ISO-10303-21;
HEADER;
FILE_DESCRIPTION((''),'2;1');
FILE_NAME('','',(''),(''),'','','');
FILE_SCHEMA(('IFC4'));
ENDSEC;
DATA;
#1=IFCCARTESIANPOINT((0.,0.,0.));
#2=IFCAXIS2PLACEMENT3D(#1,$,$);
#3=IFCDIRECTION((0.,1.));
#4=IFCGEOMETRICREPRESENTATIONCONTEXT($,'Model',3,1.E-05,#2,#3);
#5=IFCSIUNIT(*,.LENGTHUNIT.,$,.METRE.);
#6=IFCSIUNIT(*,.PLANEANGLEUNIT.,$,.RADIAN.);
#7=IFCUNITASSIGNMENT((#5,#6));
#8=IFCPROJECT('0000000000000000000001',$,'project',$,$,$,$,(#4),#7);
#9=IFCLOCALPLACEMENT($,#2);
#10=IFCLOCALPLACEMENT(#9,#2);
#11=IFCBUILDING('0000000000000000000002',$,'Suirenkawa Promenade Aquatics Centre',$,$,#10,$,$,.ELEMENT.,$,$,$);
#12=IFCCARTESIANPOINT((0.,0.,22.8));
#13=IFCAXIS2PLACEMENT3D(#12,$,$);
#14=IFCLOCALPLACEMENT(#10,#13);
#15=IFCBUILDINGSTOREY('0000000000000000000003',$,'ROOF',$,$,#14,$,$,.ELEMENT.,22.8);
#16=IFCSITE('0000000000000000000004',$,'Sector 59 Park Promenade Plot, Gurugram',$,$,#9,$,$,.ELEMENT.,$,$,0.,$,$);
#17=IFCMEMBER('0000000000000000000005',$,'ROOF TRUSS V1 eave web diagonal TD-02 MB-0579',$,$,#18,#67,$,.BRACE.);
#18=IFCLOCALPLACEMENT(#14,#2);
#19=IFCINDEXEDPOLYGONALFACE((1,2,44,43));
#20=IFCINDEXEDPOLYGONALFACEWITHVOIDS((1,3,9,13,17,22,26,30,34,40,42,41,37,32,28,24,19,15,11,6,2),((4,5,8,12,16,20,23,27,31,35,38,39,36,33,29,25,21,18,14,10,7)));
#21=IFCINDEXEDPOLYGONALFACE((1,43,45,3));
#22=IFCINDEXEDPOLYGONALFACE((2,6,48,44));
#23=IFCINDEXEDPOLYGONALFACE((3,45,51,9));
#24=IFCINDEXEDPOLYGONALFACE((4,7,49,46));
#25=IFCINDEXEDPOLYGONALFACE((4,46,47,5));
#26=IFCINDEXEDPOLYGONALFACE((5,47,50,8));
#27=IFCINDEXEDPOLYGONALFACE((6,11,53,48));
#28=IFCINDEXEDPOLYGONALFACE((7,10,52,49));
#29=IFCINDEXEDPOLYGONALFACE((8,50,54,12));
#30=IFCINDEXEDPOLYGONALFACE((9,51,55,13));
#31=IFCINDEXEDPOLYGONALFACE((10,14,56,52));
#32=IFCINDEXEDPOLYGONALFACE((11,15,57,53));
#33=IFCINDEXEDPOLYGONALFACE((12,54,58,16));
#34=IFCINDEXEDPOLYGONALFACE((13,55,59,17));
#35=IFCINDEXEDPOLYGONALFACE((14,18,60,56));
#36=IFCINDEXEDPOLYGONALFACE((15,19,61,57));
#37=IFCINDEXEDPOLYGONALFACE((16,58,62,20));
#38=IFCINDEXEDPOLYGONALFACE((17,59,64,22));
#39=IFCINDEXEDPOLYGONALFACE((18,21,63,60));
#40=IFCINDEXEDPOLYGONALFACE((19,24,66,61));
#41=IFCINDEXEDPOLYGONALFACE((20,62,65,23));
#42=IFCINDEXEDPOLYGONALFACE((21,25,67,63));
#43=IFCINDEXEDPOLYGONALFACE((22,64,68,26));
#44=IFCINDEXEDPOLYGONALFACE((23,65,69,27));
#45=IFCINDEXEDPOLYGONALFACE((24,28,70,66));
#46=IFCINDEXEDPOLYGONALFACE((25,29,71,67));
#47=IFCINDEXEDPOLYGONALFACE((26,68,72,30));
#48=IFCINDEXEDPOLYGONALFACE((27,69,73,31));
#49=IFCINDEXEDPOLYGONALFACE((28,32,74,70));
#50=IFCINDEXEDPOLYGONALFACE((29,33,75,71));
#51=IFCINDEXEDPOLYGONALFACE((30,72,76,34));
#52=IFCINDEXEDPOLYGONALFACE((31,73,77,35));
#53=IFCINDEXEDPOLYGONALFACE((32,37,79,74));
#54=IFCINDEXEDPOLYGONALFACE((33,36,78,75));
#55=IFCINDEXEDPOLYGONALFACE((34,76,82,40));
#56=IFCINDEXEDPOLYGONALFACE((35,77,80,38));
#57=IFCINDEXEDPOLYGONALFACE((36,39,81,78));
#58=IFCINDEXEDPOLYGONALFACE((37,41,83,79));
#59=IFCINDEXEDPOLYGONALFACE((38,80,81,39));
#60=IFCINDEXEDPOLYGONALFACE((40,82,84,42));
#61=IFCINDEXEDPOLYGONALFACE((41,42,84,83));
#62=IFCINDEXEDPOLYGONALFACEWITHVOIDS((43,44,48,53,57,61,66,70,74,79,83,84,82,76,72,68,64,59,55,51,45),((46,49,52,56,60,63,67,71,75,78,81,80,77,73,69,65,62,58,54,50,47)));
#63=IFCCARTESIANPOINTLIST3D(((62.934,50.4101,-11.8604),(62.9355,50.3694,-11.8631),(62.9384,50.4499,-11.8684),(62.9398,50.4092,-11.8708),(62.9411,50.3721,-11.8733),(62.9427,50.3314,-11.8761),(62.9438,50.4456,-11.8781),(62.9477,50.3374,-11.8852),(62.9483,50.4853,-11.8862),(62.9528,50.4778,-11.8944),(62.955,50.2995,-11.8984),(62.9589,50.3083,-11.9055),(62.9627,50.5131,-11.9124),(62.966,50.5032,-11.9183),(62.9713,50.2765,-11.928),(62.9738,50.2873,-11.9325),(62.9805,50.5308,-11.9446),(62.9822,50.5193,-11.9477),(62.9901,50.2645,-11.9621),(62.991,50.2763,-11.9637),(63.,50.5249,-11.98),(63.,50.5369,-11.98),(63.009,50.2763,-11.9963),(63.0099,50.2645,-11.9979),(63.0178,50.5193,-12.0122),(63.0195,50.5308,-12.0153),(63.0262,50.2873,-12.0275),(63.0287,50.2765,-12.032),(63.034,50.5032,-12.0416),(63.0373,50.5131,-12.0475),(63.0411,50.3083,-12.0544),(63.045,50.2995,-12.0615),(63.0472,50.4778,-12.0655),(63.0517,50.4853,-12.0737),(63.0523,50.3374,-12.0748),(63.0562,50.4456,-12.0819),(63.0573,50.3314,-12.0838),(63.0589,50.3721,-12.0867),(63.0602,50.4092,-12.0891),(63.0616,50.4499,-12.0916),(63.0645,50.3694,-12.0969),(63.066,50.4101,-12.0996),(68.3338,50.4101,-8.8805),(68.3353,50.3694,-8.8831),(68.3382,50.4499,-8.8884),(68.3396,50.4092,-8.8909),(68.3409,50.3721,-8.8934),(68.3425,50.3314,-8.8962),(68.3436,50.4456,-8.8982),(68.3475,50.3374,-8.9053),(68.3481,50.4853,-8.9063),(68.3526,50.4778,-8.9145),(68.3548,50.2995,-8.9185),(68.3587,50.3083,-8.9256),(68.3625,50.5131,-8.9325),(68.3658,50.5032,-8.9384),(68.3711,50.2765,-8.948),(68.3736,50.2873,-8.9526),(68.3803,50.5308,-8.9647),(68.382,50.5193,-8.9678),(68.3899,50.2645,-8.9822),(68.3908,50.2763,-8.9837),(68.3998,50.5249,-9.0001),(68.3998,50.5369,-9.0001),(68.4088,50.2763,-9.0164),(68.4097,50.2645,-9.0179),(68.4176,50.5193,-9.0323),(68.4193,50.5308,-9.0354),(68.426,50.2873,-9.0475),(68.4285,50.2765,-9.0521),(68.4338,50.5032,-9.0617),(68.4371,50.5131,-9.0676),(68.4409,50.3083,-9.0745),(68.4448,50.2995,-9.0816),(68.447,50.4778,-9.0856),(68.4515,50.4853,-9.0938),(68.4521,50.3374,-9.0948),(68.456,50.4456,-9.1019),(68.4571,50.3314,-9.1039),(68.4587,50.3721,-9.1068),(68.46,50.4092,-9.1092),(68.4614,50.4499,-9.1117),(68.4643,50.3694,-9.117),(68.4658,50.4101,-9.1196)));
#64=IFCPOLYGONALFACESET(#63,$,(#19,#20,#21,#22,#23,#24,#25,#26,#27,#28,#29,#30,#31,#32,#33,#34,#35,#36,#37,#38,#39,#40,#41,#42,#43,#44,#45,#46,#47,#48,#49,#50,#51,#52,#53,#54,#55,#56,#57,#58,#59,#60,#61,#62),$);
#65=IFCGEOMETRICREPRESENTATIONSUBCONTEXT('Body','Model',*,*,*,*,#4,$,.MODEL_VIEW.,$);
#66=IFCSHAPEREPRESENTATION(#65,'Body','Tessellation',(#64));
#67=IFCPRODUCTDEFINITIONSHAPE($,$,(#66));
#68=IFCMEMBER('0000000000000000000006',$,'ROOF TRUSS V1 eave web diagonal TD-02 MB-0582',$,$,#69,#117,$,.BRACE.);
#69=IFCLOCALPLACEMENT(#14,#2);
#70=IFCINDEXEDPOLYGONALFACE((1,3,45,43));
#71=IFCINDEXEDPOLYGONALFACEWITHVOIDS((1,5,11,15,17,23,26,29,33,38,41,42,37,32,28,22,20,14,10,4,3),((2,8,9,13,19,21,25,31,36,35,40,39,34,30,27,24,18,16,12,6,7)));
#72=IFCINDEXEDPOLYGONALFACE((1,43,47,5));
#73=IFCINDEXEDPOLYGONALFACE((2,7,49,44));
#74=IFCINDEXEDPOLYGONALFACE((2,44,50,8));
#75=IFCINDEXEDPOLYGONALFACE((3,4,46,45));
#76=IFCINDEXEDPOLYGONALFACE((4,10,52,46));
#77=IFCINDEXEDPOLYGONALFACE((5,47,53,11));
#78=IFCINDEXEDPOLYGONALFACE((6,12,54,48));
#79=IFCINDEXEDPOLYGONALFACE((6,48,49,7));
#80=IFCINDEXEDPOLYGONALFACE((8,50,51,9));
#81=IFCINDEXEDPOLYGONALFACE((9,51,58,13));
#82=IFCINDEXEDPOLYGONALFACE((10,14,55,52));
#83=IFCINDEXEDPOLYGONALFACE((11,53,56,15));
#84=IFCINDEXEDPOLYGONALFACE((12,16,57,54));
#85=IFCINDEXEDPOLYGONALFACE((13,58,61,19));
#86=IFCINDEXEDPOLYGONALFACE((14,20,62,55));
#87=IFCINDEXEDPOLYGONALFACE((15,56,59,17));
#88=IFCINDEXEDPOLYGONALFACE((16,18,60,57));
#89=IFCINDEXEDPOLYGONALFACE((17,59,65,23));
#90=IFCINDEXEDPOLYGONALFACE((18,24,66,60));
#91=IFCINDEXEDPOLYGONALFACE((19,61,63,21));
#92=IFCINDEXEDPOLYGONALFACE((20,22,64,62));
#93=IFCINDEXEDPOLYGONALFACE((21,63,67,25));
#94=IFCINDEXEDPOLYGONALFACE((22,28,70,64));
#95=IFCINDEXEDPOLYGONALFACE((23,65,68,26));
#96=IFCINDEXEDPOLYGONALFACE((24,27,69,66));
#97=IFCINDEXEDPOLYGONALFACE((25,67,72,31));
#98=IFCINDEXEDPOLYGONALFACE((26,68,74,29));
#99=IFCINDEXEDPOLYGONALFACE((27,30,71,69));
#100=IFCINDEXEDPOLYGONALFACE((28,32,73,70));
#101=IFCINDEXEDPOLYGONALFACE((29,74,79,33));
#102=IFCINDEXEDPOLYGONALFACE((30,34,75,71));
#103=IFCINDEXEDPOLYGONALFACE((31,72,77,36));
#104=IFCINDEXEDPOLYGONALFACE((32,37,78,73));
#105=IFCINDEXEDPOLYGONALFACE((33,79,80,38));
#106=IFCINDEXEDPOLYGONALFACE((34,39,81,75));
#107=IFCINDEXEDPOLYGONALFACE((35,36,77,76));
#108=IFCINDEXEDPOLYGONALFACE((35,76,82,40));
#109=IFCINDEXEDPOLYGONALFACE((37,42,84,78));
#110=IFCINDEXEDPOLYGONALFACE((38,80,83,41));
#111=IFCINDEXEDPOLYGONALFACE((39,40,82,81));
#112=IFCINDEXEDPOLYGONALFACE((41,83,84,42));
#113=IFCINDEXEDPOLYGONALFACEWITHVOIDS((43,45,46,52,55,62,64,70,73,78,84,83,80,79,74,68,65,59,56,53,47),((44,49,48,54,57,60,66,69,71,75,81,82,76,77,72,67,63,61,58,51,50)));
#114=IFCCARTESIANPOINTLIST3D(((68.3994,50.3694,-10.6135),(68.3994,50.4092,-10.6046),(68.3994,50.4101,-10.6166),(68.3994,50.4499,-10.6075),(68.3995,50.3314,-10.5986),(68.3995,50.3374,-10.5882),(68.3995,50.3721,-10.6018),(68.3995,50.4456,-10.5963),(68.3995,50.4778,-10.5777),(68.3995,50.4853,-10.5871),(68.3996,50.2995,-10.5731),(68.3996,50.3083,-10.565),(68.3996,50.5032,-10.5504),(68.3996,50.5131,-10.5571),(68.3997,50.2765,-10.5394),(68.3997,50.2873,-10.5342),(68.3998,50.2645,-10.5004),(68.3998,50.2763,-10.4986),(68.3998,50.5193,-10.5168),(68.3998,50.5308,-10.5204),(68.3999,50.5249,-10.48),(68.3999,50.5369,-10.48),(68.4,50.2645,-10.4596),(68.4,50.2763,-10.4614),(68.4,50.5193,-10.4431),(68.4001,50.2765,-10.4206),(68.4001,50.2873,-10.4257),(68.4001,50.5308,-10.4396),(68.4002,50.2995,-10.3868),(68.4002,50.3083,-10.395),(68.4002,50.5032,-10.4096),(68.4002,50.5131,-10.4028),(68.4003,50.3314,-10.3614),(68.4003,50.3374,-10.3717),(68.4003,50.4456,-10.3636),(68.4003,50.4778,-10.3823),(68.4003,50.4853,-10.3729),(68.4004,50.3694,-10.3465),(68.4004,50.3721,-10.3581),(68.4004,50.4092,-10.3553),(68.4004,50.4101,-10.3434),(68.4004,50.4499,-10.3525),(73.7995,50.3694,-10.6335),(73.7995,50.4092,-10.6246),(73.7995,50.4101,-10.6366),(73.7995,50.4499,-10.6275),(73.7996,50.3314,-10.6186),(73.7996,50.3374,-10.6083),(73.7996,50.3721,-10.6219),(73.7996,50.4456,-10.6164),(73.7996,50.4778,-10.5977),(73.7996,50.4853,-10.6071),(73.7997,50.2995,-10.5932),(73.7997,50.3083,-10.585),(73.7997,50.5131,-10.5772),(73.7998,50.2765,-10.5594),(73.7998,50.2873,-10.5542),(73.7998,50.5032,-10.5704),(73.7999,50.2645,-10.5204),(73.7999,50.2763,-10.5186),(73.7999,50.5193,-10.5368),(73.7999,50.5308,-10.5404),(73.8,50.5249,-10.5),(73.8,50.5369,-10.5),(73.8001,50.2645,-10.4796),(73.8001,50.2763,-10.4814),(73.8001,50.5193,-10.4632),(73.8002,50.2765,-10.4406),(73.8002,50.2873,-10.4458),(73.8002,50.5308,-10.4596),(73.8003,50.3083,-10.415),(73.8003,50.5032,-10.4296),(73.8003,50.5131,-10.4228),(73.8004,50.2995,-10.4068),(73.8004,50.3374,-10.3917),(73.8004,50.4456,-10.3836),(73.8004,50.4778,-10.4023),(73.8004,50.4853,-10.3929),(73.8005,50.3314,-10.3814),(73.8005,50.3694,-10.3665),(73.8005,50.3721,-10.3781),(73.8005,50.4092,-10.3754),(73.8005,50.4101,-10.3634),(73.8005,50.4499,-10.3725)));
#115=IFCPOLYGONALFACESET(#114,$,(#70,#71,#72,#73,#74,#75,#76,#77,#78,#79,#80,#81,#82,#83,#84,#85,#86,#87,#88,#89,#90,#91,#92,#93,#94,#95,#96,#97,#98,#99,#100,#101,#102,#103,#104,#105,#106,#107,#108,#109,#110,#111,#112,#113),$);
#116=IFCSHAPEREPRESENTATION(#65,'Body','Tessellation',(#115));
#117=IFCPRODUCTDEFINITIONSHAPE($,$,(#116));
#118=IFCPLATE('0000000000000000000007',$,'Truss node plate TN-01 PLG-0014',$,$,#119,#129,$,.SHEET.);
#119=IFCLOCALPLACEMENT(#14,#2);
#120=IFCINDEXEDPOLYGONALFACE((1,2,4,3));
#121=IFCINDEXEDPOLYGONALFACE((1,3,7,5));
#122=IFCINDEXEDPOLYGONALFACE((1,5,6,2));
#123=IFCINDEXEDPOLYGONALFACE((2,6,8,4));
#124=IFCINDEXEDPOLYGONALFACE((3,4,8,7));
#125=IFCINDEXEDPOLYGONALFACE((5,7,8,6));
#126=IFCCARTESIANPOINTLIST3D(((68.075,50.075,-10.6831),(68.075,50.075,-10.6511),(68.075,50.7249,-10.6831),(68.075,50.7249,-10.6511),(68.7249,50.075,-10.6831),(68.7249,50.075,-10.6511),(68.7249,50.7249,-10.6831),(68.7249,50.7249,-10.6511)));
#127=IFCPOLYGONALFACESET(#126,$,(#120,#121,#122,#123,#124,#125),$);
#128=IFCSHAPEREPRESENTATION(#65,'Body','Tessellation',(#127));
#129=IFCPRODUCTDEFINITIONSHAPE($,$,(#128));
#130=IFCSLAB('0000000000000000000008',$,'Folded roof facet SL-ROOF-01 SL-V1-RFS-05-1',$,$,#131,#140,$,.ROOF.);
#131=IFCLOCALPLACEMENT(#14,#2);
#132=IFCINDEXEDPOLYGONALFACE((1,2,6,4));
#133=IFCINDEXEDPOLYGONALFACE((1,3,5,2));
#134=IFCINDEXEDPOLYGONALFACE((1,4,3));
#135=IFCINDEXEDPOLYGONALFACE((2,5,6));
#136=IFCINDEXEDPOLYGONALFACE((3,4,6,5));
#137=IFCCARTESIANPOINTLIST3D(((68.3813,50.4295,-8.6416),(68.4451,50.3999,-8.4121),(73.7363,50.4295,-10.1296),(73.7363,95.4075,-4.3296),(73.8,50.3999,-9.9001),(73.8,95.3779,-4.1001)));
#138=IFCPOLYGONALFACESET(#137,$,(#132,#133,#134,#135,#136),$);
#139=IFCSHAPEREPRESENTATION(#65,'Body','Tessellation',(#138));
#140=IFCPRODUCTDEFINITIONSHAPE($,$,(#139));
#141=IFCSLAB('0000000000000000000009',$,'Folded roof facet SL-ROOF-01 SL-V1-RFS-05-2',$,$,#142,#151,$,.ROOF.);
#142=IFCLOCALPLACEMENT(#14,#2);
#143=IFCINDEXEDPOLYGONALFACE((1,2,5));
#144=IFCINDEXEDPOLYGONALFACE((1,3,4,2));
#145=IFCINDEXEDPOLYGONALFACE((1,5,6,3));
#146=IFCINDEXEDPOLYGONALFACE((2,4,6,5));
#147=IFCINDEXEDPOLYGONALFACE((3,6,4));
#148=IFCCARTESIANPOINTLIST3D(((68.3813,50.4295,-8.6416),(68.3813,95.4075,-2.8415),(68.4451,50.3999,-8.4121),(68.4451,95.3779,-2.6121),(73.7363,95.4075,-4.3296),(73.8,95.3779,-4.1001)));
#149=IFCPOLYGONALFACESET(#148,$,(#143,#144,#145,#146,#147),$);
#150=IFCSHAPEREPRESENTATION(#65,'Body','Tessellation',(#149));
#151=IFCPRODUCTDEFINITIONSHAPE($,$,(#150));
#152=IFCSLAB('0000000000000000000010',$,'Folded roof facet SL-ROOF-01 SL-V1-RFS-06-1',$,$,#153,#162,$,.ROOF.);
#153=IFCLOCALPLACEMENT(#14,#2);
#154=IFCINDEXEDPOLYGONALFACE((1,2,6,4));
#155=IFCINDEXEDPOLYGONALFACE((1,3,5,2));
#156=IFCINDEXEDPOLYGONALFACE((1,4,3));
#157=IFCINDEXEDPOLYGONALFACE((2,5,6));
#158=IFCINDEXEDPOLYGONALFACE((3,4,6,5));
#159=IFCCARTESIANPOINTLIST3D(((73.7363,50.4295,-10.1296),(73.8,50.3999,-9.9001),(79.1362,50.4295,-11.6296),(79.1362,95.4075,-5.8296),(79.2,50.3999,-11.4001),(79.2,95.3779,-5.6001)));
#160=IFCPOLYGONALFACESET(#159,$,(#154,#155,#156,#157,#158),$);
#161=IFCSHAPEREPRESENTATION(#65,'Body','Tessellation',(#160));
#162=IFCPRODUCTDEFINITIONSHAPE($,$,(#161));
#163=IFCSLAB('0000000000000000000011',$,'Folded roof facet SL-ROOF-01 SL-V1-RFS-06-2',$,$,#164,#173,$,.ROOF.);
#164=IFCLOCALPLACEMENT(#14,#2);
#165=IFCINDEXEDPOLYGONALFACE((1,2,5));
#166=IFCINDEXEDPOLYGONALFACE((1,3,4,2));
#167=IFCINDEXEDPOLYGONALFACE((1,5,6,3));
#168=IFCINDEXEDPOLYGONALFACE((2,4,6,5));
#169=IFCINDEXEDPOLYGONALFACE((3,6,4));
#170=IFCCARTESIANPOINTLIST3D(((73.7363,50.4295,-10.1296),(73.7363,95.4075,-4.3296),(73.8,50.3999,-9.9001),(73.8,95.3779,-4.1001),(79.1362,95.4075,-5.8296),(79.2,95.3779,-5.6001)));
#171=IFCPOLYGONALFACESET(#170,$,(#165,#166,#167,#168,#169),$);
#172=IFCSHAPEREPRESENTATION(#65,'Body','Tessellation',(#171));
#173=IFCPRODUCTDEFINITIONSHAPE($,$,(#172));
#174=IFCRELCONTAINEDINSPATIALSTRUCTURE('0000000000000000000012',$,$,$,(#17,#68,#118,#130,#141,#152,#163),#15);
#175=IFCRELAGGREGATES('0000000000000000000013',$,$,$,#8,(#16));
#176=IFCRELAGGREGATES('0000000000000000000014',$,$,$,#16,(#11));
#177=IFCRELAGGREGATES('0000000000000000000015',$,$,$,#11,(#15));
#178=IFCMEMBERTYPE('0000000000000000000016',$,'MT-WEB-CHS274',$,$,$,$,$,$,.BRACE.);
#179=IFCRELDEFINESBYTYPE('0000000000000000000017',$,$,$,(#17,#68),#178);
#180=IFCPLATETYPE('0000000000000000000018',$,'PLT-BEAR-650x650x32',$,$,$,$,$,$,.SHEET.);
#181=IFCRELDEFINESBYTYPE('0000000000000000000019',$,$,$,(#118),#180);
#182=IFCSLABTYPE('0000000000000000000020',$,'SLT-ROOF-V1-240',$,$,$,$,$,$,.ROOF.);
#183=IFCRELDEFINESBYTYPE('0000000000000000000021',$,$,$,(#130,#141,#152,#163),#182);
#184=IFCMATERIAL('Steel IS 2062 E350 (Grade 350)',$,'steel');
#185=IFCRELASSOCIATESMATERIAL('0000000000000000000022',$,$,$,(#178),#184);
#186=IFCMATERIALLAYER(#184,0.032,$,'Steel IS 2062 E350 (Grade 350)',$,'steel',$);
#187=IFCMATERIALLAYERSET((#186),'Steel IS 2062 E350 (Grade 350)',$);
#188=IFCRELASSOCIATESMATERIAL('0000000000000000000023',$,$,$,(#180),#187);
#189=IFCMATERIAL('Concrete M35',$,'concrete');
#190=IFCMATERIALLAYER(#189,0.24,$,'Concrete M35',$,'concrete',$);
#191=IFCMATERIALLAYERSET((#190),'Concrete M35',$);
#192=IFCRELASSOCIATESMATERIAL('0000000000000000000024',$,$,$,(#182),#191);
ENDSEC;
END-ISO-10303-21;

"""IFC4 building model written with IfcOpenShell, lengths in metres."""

from ifc_helpers import new_model, si_unit, direction, frame, origin, origin_2d, place, context, subcontext, project, spatial, polyline, rectangle, hollow_circle, outline, extrude, material, layer, layer_set, material_profile, profile_set, type_object, element, save


model = new_model("IFC4")

# Units and contexts
model_context = context("Model", 3, precision=1e-05, world=origin(), true_north=direction((0.0, 1.0)))
body_context = subcontext(model_context, "Body", "Model", "MODEL_VIEW")
ifc_project = project(units=[si_unit("LENGTHUNIT", "METRE"), si_unit("PLANEANGLEUNIT", "RADIAN")], contexts=[model_context])

# Site, building, storey
site_placement = place(None, origin())
site = spatial("IfcSite", under=ifc_project, at=site_placement, Name="Sector 59 Park Promenade Plot, Gurugram", CompositionType="ELEMENT", RefElevation=0.0)
building_placement = place(site_placement, origin())
building = spatial("IfcBuilding", under=site, at=building_placement, Name="Suirenkawa Promenade Aquatics Centre", CompositionType="ELEMENT")
storey_placement = place(building_placement, frame((0.0, 0.0, 22.8)))
storey = spatial("IfcBuildingStorey", under=building, at=storey_placement, Name="ROOF", CompositionType="ELEMENT", Elevation=22.8)

# Shared definitions
ifc_material_1 = material(Name="Steel IS 2062 E350 (Grade 350)", Category="steel")

# Members
ifc_material_profile_1 = material_profile(ifc_material_1, hollow_circle(Radius=0.137, WallThickness=0.012, at=origin_2d()), Name="CHS 274x12", Category="steel")
ifc_profile_set_1 = profile_set([ifc_material_profile_1], Name="Steel IS 2062 E350 (Grade 350)")
member_type_1 = type_object("IfcMemberType", Name="MT-WEB-CHS274", PredefinedType="BRACE", material=ifc_profile_set_1)
member_1_placement = place(storey_placement, frame((63.0, 50.3999, -11.98), z_axis=(0.875528, 0.0, 0.483167), x_axis=(0.0, 1.0, 0.0)))
element("IfcMember", 1, at=member_1_placement, inside=storey, type_object=member_type_1, Name="ROOF TRUSS V1 eave web diagonal TD-02 MB-0579", PredefinedType="BRACE", context=body_context, shape_type="SweptSolid", body=[
    extrude(hollow_circle(Radius=0.137, WallThickness=0.012, at=origin_2d()), origin(), (0.0, 0.0, 1.0), 6.1675),
])
member_2_placement = place(storey_placement, frame((68.3999, 50.3999, -10.48), z_axis=(0.999993, 0.0, -0.003707), x_axis=(0.0, 1.0, 0.0)))
element("IfcMember", 2, at=member_2_placement, inside=storey, type_object=member_type_1, Name="ROOF TRUSS V1 eave web diagonal TD-02 MB-0582", PredefinedType="BRACE", context=body_context, shape_type="SweptSolid", body=[
    extrude(hollow_circle(Radius=0.137, WallThickness=0.012, at=origin_2d()), origin(), (0.0, 0.0, 1.0), 5.4001),
])

# Plate
ifc_layer_1 = layer(ifc_material_1, 0.032, Name="Steel IS 2062 E350 (Grade 350)", Category="steel")
ifc_layer_set_1 = layer_set([ifc_layer_1], Name="Steel IS 2062 E350 (Grade 350)")
plate_type = type_object("IfcPlateType", Name="PLT-BEAR-650x650x32", PredefinedType="SHEET", material=ifc_layer_set_1)
plate_placement = place(storey_placement, frame((68.3999, 50.3999, -10.6831), z_axis=(0.0, 0.0, 1.0), x_axis=(1.0, 0.0, 0.0)))
element("IfcPlate", 3, at=plate_placement, inside=storey, type_object=plate_type, Name="Truss node plate TN-01 PLG-0014", PredefinedType="SHEET", context=body_context, shape_type="SweptSolid", body=[
    extrude(rectangle(XDim=0.6499, YDim=0.6499, at=origin_2d()), origin(), (0.0, 0.0, 1.0), 0.032),
])

# Slabs
ifc_material_2 = material(Name="Concrete M35", Category="concrete")
ifc_layer_2 = layer(ifc_material_2, 0.24, Name="Concrete M35", Category="concrete")
ifc_layer_set_2 = layer_set([ifc_layer_2], Name="Concrete M35")
slab_type = type_object("IfcSlabType", Name="SLT-ROOF-V1-240", PredefinedType="ROOF", material=ifc_layer_set_2)
slab_1_placement = place(storey_placement, frame((68.4451, 50.3999, -8.4121), z_axis=(0.265692, -0.123297, 0.956141), x_axis=(0.963493, 0.0, -0.267734)))
element("IfcSlab", 4, at=slab_1_placement, inside=storey, type_object=slab_type, Name="Folded roof facet SL-ROOF-01 SL-V1-RFS-05-1", PredefinedType="ROOF", context=body_context, shape_type="SweptSolid", body=[
    extrude(outline(polyline([(0.0, 0.0), (5.5579, 0.0), (4.005, 45.3239), (0.0, 0.0)])), origin(), (0.0, 0.0, -1.0), 0.24),
])
slab_2_placement = place(storey_placement, frame((68.4451, 50.3999, -8.4121), z_axis=(0.265692, -0.123297, 0.956141), x_axis=(0.117691, 0.988518, 0.094769)))
element("IfcSlab", 5, at=slab_2_placement, inside=storey, type_object=slab_type, Name="Folded roof facet SL-ROOF-01 SL-V1-RFS-05-2", PredefinedType="ROOF", context=body_context, shape_type="SweptSolid", body=[
    extrude(outline(polyline([(0.0, 0.0), (45.5005, 0.0), (45.0113, 5.5363), (0.0, 0.0)])), origin(), (0.0, 0.0, -1.0), 0.24),
])
slab_3_placement = place(storey_placement, frame((73.8, 50.3999, -9.9001), z_axis=(0.265606, -0.1233, 0.956164), x_axis=(0.963517, 0.0, -0.267648)))
element("IfcSlab", 6, at=slab_3_placement, inside=storey, type_object=slab_type, Name="Folded roof facet SL-ROOF-01 SL-V1-RFS-06-1", PredefinedType="ROOF", context=body_context, shape_type="SweptSolid", body=[
    extrude(outline(polyline([(0.0, 0.0), (5.6044, 0.0), (4.052, 45.3239), (0.0, 0.0)])), origin(), (0.0, 0.0, -1.0), 0.24),
])
slab_4_placement = place(storey_placement, frame((73.8, 50.3999, -9.9001), z_axis=(0.265606, -0.1233, 0.956164), x_axis=(0.118667, 0.988427, 0.094497)))
element("IfcSlab", 7, at=slab_4_placement, inside=storey, type_object=slab_type, Name="Folded roof facet SL-ROOF-01 SL-V1-RFS-06-2", PredefinedType="ROOF", context=body_context, shape_type="SweptSolid", body=[
    extrude(outline(polyline([(0.0, 0.0), (45.5046, 0.0), (45.0056, 5.5821), (0.0, 0.0)])), origin(), (0.0, 0.0, -1.0), 0.24),
])

save(model, "model.ifc")
